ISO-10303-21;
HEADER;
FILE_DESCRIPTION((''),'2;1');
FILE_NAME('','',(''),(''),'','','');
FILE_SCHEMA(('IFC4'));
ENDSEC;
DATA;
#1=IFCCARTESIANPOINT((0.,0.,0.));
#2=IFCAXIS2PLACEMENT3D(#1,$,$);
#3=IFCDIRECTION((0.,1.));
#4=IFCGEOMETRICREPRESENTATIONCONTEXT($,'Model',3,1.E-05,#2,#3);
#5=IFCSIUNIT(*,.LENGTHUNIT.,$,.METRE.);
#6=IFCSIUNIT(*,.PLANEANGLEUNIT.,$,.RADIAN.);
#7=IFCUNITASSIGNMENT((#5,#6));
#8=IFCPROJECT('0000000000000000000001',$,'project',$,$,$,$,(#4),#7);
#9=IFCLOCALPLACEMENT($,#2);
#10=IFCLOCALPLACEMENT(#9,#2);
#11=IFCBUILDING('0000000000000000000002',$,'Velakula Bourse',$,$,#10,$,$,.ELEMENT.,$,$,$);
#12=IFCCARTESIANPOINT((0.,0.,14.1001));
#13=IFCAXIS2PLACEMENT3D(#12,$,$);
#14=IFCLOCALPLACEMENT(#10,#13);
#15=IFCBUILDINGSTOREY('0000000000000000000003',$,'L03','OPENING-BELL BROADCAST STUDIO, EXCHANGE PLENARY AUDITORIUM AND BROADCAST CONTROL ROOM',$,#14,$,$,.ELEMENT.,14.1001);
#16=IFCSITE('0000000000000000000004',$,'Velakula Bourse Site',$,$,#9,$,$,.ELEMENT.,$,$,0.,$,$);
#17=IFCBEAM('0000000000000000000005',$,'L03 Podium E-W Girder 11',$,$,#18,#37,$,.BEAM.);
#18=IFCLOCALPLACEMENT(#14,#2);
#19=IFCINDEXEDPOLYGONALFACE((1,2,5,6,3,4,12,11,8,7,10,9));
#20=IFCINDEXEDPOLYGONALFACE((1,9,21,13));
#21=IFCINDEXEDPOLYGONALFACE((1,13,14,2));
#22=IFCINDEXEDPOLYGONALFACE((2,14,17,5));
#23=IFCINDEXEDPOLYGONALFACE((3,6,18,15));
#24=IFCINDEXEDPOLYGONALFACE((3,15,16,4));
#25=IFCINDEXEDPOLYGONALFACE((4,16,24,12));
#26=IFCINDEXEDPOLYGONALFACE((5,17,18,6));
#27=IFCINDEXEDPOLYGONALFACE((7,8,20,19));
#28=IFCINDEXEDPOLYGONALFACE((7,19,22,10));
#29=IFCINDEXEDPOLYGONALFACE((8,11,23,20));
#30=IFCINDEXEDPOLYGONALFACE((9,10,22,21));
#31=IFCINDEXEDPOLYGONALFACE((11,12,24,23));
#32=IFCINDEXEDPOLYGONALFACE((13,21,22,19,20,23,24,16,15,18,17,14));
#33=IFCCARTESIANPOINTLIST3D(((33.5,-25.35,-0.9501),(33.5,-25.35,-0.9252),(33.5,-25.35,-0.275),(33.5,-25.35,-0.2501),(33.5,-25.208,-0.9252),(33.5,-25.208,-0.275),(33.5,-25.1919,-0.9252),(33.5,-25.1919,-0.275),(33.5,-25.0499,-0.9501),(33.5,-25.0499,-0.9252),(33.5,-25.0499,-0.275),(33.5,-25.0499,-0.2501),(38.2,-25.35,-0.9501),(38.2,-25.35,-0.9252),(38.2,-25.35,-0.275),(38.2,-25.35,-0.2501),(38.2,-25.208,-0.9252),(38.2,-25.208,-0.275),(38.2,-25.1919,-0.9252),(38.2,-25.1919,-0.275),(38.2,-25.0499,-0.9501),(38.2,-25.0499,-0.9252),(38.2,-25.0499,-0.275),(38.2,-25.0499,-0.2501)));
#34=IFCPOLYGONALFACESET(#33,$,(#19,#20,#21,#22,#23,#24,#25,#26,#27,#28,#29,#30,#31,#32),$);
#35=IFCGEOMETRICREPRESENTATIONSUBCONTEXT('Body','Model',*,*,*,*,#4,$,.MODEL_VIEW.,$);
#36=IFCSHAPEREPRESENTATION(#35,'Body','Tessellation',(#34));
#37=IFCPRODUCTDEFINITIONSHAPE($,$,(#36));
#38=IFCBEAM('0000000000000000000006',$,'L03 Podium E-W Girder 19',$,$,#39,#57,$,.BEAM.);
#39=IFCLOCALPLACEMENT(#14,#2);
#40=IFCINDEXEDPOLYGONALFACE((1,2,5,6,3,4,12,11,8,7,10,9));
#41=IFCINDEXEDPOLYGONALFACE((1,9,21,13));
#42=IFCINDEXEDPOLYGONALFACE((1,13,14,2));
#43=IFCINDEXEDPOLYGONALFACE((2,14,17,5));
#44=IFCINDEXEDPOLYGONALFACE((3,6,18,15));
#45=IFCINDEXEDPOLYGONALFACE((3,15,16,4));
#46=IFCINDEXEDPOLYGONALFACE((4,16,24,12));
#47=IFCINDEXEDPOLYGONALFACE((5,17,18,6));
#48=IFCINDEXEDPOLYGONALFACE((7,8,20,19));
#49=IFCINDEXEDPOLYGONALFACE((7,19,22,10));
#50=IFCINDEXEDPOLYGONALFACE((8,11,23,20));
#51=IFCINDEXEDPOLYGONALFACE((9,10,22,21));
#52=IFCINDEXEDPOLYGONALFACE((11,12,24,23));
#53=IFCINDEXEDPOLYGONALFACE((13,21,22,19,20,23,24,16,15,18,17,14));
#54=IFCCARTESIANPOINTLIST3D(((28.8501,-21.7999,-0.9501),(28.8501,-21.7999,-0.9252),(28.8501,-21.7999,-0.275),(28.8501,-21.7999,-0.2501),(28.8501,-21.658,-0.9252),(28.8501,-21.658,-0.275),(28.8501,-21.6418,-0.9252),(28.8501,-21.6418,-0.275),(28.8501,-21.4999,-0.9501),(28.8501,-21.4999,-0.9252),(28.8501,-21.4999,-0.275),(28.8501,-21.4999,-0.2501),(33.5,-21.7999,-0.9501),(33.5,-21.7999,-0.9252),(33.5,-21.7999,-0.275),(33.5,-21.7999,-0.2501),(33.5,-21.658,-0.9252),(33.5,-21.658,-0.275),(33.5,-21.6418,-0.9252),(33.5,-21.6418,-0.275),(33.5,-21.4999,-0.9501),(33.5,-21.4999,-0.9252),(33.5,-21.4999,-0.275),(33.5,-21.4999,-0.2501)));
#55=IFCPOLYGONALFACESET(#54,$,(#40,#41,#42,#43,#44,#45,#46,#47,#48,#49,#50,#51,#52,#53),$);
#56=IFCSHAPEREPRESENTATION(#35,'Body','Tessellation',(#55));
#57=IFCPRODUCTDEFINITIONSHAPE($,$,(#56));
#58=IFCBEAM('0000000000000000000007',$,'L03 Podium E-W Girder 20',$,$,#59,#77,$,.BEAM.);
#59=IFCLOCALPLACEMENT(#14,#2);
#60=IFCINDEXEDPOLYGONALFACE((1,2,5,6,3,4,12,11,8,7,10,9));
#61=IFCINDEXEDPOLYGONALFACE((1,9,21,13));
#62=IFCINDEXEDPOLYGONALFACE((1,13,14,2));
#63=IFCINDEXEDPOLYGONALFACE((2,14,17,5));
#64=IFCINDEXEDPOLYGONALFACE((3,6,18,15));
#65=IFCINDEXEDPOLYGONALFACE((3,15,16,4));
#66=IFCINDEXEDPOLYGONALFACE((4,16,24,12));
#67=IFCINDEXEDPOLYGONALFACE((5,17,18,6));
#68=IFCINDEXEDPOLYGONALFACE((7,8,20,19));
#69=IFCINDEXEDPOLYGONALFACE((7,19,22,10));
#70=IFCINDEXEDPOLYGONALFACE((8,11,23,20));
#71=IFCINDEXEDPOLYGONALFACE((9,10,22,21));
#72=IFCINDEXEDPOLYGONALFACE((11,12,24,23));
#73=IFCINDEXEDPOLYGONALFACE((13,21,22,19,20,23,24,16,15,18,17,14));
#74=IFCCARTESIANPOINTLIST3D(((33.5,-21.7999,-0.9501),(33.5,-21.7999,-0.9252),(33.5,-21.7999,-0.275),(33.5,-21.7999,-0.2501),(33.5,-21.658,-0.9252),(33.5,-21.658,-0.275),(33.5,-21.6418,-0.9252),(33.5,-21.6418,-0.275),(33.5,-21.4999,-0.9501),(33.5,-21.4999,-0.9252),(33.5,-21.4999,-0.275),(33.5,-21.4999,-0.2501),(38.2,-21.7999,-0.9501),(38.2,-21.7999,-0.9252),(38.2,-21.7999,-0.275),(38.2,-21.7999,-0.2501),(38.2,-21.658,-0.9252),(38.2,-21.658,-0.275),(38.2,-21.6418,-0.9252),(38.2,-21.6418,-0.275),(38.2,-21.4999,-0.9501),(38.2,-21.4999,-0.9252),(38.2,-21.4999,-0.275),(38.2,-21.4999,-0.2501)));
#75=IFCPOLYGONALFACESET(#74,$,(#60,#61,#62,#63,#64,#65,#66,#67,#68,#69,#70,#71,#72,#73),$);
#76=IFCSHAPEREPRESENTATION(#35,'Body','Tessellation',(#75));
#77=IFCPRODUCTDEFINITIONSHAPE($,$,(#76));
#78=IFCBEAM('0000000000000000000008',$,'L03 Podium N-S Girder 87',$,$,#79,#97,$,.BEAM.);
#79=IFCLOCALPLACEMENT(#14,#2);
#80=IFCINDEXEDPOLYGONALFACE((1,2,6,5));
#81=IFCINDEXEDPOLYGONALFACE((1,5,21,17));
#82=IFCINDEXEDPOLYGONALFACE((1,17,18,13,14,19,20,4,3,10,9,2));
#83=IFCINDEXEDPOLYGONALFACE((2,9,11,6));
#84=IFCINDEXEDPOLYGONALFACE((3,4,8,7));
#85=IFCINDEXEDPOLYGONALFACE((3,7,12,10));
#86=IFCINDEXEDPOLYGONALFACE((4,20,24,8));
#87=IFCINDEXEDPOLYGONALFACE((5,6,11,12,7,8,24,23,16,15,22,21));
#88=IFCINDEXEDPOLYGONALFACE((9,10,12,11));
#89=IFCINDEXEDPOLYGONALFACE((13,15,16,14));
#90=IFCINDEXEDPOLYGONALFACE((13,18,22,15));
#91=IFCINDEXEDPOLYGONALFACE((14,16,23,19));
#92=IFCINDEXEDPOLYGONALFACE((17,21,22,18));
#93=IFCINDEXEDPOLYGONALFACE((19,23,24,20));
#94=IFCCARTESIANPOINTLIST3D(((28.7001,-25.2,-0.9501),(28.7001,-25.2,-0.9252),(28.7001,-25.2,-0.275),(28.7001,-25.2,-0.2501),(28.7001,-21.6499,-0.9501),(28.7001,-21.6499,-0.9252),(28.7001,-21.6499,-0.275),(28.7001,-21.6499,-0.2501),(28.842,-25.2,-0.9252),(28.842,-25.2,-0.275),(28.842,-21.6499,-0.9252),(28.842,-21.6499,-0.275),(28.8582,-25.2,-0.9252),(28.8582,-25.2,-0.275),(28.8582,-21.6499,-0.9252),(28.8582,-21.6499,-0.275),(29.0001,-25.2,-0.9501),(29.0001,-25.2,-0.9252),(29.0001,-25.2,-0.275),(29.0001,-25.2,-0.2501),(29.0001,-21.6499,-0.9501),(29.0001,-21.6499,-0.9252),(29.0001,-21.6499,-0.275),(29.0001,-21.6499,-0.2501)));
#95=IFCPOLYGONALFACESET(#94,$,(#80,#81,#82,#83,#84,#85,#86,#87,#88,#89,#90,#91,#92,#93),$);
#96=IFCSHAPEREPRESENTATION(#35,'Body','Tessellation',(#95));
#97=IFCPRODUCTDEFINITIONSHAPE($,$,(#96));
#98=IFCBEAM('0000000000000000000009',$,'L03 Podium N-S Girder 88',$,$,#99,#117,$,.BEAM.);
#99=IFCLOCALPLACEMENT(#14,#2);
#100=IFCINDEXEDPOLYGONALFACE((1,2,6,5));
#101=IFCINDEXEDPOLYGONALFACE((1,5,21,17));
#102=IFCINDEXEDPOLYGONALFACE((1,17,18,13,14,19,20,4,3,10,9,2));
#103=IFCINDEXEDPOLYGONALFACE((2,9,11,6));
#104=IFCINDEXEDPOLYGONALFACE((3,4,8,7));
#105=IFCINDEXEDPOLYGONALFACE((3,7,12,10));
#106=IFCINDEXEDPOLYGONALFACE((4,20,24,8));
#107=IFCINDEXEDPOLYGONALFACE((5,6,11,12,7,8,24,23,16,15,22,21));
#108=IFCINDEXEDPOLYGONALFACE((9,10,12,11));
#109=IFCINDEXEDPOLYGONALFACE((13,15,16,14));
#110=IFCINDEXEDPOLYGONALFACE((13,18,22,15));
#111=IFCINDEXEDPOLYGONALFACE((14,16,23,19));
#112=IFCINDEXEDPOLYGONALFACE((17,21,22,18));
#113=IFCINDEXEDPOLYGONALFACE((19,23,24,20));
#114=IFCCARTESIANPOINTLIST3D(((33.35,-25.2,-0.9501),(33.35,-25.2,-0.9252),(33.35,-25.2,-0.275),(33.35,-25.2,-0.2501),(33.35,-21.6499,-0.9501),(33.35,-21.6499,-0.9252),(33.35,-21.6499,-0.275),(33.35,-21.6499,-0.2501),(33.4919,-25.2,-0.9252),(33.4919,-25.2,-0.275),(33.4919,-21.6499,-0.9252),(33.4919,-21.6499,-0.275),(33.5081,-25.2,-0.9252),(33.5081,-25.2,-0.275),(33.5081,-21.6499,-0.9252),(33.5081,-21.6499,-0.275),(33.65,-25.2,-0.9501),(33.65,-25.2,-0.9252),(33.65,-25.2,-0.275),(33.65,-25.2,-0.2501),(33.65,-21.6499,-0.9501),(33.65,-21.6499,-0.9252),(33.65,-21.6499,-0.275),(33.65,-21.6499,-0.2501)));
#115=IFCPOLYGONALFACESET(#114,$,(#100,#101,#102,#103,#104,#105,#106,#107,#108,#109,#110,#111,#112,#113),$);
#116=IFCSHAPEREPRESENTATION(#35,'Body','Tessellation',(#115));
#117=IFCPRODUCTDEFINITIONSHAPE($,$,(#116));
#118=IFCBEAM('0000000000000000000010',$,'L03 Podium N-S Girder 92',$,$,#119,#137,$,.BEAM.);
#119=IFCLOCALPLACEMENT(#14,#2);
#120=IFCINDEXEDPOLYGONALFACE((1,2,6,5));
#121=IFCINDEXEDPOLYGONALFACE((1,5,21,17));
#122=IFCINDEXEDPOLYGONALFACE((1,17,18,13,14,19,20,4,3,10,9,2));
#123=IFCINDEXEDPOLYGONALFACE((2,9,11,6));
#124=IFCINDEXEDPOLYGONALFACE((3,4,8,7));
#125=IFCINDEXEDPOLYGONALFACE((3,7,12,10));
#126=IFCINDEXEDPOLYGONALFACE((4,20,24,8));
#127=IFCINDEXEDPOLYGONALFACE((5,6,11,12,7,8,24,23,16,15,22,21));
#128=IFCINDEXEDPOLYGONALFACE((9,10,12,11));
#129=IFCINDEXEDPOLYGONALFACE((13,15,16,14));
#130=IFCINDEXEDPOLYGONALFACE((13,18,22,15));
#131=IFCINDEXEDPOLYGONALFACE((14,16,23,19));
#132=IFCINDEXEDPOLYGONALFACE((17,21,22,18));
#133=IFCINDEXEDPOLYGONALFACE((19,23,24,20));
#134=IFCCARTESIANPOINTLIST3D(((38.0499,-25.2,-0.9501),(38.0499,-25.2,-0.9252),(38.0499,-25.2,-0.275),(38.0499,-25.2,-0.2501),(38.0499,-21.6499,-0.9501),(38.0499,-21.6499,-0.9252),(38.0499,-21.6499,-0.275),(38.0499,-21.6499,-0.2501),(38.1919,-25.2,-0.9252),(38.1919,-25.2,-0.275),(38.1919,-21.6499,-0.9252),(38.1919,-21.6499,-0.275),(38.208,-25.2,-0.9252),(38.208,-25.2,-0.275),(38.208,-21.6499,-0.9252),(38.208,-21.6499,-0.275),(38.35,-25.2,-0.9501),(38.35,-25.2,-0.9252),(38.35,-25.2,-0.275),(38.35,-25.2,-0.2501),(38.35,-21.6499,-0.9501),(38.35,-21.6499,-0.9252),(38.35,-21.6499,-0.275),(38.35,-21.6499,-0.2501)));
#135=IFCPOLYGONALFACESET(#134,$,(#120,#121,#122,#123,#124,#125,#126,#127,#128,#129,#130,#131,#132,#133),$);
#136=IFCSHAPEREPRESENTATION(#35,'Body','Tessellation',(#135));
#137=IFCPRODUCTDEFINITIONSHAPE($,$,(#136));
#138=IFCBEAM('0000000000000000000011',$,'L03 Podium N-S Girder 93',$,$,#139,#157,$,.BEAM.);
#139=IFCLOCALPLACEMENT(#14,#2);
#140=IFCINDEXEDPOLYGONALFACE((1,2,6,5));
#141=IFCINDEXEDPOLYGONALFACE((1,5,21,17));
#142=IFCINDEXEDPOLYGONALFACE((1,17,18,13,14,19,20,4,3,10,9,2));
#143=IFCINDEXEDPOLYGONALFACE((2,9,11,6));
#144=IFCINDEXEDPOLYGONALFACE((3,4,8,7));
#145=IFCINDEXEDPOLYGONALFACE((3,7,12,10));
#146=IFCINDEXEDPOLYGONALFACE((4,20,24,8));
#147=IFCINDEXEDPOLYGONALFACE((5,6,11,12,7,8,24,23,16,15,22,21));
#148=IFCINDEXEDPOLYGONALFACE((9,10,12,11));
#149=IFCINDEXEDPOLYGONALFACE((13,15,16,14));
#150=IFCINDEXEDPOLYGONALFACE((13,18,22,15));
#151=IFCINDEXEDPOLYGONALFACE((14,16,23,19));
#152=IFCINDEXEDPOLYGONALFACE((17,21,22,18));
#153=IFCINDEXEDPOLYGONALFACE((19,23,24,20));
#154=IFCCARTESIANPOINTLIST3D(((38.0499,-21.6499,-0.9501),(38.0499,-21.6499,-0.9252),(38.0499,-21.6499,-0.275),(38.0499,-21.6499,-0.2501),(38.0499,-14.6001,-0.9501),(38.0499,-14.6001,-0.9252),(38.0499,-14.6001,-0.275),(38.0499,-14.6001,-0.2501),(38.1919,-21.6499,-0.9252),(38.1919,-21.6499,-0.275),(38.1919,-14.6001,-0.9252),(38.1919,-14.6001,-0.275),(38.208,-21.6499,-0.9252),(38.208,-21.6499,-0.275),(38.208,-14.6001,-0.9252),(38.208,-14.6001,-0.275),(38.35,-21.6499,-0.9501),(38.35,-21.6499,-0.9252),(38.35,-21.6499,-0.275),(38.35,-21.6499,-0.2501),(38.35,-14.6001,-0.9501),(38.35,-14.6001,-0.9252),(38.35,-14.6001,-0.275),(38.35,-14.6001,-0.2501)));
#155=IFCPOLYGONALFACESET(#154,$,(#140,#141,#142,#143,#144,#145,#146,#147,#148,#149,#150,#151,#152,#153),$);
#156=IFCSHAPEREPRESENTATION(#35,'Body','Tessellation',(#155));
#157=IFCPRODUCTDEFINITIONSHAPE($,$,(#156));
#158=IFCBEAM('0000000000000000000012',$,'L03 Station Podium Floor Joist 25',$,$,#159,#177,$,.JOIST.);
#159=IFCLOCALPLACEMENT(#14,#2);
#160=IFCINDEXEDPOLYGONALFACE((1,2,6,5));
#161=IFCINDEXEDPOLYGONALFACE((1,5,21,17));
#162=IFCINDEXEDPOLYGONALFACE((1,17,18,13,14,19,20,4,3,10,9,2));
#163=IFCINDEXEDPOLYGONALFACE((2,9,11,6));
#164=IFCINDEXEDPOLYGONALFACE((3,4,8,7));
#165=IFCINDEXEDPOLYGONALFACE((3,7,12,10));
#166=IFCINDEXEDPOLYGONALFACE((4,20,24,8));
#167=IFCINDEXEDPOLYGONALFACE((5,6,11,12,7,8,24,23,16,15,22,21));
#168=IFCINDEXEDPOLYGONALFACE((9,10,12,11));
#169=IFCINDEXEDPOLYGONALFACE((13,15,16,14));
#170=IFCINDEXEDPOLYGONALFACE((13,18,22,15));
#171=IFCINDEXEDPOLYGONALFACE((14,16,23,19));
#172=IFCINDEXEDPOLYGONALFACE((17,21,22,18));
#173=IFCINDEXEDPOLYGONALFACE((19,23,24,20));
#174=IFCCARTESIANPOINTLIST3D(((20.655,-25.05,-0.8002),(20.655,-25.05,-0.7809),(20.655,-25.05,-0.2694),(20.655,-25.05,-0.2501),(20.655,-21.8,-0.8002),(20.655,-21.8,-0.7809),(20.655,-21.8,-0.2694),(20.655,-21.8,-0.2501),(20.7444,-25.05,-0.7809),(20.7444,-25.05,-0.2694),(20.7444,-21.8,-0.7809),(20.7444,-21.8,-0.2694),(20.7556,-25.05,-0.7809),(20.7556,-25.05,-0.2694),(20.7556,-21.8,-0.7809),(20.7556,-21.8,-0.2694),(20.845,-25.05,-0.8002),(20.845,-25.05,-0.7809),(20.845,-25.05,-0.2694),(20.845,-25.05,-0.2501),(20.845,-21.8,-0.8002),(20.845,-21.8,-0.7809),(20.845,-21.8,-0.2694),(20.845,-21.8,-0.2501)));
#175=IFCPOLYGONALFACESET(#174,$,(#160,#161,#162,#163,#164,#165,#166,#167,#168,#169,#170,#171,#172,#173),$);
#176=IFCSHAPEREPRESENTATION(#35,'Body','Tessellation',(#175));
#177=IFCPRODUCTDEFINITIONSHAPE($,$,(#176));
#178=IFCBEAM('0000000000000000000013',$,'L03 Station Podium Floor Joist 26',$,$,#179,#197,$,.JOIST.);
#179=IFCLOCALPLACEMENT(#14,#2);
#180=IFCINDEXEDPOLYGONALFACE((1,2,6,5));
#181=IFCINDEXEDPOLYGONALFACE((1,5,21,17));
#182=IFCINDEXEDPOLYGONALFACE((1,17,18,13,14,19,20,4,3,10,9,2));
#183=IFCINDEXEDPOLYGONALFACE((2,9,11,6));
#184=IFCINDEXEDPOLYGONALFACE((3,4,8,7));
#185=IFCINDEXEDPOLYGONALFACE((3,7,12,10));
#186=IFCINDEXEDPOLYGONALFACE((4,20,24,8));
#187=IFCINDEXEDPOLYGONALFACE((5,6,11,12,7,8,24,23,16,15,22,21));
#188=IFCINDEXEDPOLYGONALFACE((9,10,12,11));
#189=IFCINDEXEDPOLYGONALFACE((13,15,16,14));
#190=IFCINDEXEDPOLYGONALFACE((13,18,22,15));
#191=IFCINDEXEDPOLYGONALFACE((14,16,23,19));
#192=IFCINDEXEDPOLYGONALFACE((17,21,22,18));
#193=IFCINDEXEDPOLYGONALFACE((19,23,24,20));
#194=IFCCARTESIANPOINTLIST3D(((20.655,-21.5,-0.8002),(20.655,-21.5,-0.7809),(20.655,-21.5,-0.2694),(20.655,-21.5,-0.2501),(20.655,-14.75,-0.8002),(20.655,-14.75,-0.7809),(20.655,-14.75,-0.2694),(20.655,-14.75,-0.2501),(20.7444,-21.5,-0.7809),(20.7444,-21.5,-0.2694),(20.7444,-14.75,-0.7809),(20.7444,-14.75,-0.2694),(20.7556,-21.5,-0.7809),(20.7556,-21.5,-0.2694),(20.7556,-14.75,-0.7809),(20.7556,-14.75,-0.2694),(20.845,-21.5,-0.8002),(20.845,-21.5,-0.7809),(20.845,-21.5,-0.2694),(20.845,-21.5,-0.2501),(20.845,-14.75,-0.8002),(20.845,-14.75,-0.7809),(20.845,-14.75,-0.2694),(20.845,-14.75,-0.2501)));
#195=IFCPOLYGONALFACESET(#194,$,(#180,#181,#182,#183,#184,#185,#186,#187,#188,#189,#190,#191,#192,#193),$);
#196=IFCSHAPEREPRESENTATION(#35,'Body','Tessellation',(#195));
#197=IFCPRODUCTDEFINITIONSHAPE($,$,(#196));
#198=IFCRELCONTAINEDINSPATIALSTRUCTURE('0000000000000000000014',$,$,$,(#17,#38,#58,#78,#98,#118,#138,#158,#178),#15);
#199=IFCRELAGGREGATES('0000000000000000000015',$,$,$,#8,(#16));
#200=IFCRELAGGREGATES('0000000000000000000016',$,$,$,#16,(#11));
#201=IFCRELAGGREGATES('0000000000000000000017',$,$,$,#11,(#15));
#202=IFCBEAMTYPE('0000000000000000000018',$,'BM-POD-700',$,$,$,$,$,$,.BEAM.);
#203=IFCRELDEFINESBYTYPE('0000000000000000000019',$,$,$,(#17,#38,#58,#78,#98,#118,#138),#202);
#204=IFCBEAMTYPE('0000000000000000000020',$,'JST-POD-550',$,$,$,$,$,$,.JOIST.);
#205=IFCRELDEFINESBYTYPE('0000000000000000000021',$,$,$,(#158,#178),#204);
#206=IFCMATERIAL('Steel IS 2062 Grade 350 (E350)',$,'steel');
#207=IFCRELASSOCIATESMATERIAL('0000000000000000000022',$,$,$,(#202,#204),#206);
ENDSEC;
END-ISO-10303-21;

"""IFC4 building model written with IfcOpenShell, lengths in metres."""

from ifc_helpers import new_model, si_unit, direction, frame, origin, origin_2d, place, context, subcontext, project, spatial, i_section, extrude, material, material_profile, profile_set, type_object, element, save


model = new_model("IFC4")

# Units and contexts
model_context = context("Model", 3, precision=1e-05, world=origin(), true_north=direction((0.0, 1.0)))
body_context = subcontext(model_context, "Body", "Model", "MODEL_VIEW")
ifc_project = project(units=[si_unit("LENGTHUNIT", "METRE"), si_unit("PLANEANGLEUNIT", "RADIAN")], contexts=[model_context])

# Site, building, storey
site_placement = place(None, origin())
site = spatial("IfcSite", under=ifc_project, at=site_placement, Name="Velakula Bourse Site", CompositionType="ELEMENT", RefElevation=0.0)
building_placement = place(site_placement, origin())
building = spatial("IfcBuilding", under=site, at=building_placement, Name="Velakula Bourse", CompositionType="ELEMENT")
storey_placement = place(building_placement, frame((0.0, 0.0, 14.1001)))
storey = spatial("IfcBuildingStorey", under=building, at=storey_placement, Name="L03", Description="OPENING-BELL BROADCAST STUDIO, EXCHANGE PLENARY AUDITORIUM AND BROADCAST CONTROL ROOM", CompositionType="ELEMENT", Elevation=14.1001)

# Beams
ifc_material_1 = material(Name="Steel IS 2062 Grade 350 (E350)", Category="steel")
ifc_material_profile_1 = material_profile(ifc_material_1, i_section(OverallWidth=0.3, OverallDepth=0.7, WebThickness=0.0161, FlangeThickness=0.0249, at=origin_2d()), Name="Steel IS 2062 Grade 350 (E350)")
ifc_profile_set_1 = profile_set([ifc_material_profile_1], Name="Steel IS 2062 Grade 350 (E350)")
beam_type_1 = type_object("IfcBeamType", Name="BM-POD-700", PredefinedType="BEAM", material=ifc_profile_set_1)
beam_1_placement = place(storey_placement, frame((33.5, -25.2, -0.6001), z_axis=(1.0, 0.0, 0.0), x_axis=(0.0, 1.0, 0.0)))
element("IfcBeam", 1, at=beam_1_placement, inside=storey, type_object=beam_type_1, Name="L03 Podium E-W Girder 11", PredefinedType="BEAM", context=body_context, shape_type="SweptSolid", body=[
    extrude(i_section(OverallWidth=0.3, OverallDepth=0.7, WebThickness=0.0161, FlangeThickness=0.0249, at=origin_2d()), origin(), (0.0, 0.0, 1.0), 4.7),
])
beam_2_placement = place(storey_placement, frame((28.8501, -21.6499, -0.6001), z_axis=(1.0, 0.0, 0.0), x_axis=(0.0, 1.0, 0.0)))
element("IfcBeam", 2, at=beam_2_placement, inside=storey, type_object=beam_type_1, Name="L03 Podium E-W Girder 19", PredefinedType="BEAM", context=body_context, shape_type="SweptSolid", body=[
    extrude(i_section(OverallWidth=0.3, OverallDepth=0.7, WebThickness=0.0161, FlangeThickness=0.0249, at=origin_2d()), origin(), (0.0, 0.0, 1.0), 4.6499),
])
beam_3_placement = place(storey_placement, frame((33.5, -21.6499, -0.6001), z_axis=(1.0, 0.0, 0.0), x_axis=(0.0, 1.0, 0.0)))
element("IfcBeam", 3, at=beam_3_placement, inside=storey, type_object=beam_type_1, Name="L03 Podium E-W Girder 20", PredefinedType="BEAM", context=body_context, shape_type="SweptSolid", body=[
    extrude(i_section(OverallWidth=0.3, OverallDepth=0.7, WebThickness=0.0161, FlangeThickness=0.0249, at=origin_2d()), origin(), (0.0, 0.0, 1.0), 4.7),
])
for number, where, z_axis, x_axis, name in (
    (4, (28.8501, -25.2, -0.6001), (0.0, 1.0, 0.0), (-1.0, 0.0, 0.0), "L03 Podium N-S Girder 87"),
    (5, (33.5, -25.2, -0.6001), (0.0, 1.0, 0.0), (-1.0, 0.0, 0.0), "L03 Podium N-S Girder 88"),
    (6, (38.2, -25.2, -0.6001), (0.0, 1.0, 0.0), (-1.0, 0.0, 0.0), "L03 Podium N-S Girder 92"),
):
    element("IfcBeam", number, at=place(storey_placement, frame(where, z_axis=z_axis, x_axis=x_axis)), inside=storey, type_object=beam_type_1, Name=name, PredefinedType="BEAM", context=body_context, shape_type="SweptSolid", body=[
        extrude(i_section(OverallWidth=0.3, OverallDepth=0.7, WebThickness=0.0161, FlangeThickness=0.0249, at=origin_2d()), origin(), (0.0, 0.0, 1.0), 3.55),
    ])
beam_4_placement = place(storey_placement, frame((38.2, -21.6499, -0.6001), z_axis=(0.0, 1.0, 0.0), x_axis=(-1.0, 0.0, 0.0)))
element("IfcBeam", 7, at=beam_4_placement, inside=storey, type_object=beam_type_1, Name="L03 Podium N-S Girder 93", PredefinedType="BEAM", context=body_context, shape_type="SweptSolid", body=[
    extrude(i_section(OverallWidth=0.3, OverallDepth=0.7, WebThickness=0.0161, FlangeThickness=0.0249, at=origin_2d()), origin(), (0.0, 0.0, 1.0), 7.0498),
])
ifc_material_profile_2 = material_profile(ifc_material_1, i_section(OverallWidth=0.1899, OverallDepth=0.55, WebThickness=0.0112, FlangeThickness=0.0193, at=origin_2d()), Name="Steel IS 2062 Grade 350 (E350)")
ifc_profile_set_2 = profile_set([ifc_material_profile_2], Name="Steel IS 2062 Grade 350 (E350)")
beam_type_2 = type_object("IfcBeamType", Name="JST-POD-550", PredefinedType="JOIST", material=ifc_profile_set_2)
beam_5_placement = place(storey_placement, frame((20.75, -25.05, -0.5251), z_axis=(0.0, 1.0, 0.0), x_axis=(-1.0, 0.0, 0.0)))
element("IfcBeam", 8, at=beam_5_placement, inside=storey, type_object=beam_type_2, Name="L03 Station Podium Floor Joist 25", PredefinedType="JOIST", context=body_context, shape_type="SweptSolid", body=[
    extrude(i_section(OverallWidth=0.1899, OverallDepth=0.55, WebThickness=0.0112, FlangeThickness=0.0193, at=origin_2d()), origin(), (0.0, 0.0, 1.0), 3.25),
])
beam_6_placement = place(storey_placement, frame((20.75, -21.5, -0.5251), z_axis=(0.0, 1.0, 0.0), x_axis=(-1.0, 0.0, 0.0)))
element("IfcBeam", 9, at=beam_6_placement, inside=storey, type_object=beam_type_2, Name="L03 Station Podium Floor Joist 26", PredefinedType="JOIST", context=body_context, shape_type="SweptSolid", body=[
    extrude(i_section(OverallWidth=0.1899, OverallDepth=0.55, WebThickness=0.0112, FlangeThickness=0.0193, at=origin_2d()), origin(), (0.0, 0.0, 1.0), 6.75),
])

save(model, "model.ifc")
